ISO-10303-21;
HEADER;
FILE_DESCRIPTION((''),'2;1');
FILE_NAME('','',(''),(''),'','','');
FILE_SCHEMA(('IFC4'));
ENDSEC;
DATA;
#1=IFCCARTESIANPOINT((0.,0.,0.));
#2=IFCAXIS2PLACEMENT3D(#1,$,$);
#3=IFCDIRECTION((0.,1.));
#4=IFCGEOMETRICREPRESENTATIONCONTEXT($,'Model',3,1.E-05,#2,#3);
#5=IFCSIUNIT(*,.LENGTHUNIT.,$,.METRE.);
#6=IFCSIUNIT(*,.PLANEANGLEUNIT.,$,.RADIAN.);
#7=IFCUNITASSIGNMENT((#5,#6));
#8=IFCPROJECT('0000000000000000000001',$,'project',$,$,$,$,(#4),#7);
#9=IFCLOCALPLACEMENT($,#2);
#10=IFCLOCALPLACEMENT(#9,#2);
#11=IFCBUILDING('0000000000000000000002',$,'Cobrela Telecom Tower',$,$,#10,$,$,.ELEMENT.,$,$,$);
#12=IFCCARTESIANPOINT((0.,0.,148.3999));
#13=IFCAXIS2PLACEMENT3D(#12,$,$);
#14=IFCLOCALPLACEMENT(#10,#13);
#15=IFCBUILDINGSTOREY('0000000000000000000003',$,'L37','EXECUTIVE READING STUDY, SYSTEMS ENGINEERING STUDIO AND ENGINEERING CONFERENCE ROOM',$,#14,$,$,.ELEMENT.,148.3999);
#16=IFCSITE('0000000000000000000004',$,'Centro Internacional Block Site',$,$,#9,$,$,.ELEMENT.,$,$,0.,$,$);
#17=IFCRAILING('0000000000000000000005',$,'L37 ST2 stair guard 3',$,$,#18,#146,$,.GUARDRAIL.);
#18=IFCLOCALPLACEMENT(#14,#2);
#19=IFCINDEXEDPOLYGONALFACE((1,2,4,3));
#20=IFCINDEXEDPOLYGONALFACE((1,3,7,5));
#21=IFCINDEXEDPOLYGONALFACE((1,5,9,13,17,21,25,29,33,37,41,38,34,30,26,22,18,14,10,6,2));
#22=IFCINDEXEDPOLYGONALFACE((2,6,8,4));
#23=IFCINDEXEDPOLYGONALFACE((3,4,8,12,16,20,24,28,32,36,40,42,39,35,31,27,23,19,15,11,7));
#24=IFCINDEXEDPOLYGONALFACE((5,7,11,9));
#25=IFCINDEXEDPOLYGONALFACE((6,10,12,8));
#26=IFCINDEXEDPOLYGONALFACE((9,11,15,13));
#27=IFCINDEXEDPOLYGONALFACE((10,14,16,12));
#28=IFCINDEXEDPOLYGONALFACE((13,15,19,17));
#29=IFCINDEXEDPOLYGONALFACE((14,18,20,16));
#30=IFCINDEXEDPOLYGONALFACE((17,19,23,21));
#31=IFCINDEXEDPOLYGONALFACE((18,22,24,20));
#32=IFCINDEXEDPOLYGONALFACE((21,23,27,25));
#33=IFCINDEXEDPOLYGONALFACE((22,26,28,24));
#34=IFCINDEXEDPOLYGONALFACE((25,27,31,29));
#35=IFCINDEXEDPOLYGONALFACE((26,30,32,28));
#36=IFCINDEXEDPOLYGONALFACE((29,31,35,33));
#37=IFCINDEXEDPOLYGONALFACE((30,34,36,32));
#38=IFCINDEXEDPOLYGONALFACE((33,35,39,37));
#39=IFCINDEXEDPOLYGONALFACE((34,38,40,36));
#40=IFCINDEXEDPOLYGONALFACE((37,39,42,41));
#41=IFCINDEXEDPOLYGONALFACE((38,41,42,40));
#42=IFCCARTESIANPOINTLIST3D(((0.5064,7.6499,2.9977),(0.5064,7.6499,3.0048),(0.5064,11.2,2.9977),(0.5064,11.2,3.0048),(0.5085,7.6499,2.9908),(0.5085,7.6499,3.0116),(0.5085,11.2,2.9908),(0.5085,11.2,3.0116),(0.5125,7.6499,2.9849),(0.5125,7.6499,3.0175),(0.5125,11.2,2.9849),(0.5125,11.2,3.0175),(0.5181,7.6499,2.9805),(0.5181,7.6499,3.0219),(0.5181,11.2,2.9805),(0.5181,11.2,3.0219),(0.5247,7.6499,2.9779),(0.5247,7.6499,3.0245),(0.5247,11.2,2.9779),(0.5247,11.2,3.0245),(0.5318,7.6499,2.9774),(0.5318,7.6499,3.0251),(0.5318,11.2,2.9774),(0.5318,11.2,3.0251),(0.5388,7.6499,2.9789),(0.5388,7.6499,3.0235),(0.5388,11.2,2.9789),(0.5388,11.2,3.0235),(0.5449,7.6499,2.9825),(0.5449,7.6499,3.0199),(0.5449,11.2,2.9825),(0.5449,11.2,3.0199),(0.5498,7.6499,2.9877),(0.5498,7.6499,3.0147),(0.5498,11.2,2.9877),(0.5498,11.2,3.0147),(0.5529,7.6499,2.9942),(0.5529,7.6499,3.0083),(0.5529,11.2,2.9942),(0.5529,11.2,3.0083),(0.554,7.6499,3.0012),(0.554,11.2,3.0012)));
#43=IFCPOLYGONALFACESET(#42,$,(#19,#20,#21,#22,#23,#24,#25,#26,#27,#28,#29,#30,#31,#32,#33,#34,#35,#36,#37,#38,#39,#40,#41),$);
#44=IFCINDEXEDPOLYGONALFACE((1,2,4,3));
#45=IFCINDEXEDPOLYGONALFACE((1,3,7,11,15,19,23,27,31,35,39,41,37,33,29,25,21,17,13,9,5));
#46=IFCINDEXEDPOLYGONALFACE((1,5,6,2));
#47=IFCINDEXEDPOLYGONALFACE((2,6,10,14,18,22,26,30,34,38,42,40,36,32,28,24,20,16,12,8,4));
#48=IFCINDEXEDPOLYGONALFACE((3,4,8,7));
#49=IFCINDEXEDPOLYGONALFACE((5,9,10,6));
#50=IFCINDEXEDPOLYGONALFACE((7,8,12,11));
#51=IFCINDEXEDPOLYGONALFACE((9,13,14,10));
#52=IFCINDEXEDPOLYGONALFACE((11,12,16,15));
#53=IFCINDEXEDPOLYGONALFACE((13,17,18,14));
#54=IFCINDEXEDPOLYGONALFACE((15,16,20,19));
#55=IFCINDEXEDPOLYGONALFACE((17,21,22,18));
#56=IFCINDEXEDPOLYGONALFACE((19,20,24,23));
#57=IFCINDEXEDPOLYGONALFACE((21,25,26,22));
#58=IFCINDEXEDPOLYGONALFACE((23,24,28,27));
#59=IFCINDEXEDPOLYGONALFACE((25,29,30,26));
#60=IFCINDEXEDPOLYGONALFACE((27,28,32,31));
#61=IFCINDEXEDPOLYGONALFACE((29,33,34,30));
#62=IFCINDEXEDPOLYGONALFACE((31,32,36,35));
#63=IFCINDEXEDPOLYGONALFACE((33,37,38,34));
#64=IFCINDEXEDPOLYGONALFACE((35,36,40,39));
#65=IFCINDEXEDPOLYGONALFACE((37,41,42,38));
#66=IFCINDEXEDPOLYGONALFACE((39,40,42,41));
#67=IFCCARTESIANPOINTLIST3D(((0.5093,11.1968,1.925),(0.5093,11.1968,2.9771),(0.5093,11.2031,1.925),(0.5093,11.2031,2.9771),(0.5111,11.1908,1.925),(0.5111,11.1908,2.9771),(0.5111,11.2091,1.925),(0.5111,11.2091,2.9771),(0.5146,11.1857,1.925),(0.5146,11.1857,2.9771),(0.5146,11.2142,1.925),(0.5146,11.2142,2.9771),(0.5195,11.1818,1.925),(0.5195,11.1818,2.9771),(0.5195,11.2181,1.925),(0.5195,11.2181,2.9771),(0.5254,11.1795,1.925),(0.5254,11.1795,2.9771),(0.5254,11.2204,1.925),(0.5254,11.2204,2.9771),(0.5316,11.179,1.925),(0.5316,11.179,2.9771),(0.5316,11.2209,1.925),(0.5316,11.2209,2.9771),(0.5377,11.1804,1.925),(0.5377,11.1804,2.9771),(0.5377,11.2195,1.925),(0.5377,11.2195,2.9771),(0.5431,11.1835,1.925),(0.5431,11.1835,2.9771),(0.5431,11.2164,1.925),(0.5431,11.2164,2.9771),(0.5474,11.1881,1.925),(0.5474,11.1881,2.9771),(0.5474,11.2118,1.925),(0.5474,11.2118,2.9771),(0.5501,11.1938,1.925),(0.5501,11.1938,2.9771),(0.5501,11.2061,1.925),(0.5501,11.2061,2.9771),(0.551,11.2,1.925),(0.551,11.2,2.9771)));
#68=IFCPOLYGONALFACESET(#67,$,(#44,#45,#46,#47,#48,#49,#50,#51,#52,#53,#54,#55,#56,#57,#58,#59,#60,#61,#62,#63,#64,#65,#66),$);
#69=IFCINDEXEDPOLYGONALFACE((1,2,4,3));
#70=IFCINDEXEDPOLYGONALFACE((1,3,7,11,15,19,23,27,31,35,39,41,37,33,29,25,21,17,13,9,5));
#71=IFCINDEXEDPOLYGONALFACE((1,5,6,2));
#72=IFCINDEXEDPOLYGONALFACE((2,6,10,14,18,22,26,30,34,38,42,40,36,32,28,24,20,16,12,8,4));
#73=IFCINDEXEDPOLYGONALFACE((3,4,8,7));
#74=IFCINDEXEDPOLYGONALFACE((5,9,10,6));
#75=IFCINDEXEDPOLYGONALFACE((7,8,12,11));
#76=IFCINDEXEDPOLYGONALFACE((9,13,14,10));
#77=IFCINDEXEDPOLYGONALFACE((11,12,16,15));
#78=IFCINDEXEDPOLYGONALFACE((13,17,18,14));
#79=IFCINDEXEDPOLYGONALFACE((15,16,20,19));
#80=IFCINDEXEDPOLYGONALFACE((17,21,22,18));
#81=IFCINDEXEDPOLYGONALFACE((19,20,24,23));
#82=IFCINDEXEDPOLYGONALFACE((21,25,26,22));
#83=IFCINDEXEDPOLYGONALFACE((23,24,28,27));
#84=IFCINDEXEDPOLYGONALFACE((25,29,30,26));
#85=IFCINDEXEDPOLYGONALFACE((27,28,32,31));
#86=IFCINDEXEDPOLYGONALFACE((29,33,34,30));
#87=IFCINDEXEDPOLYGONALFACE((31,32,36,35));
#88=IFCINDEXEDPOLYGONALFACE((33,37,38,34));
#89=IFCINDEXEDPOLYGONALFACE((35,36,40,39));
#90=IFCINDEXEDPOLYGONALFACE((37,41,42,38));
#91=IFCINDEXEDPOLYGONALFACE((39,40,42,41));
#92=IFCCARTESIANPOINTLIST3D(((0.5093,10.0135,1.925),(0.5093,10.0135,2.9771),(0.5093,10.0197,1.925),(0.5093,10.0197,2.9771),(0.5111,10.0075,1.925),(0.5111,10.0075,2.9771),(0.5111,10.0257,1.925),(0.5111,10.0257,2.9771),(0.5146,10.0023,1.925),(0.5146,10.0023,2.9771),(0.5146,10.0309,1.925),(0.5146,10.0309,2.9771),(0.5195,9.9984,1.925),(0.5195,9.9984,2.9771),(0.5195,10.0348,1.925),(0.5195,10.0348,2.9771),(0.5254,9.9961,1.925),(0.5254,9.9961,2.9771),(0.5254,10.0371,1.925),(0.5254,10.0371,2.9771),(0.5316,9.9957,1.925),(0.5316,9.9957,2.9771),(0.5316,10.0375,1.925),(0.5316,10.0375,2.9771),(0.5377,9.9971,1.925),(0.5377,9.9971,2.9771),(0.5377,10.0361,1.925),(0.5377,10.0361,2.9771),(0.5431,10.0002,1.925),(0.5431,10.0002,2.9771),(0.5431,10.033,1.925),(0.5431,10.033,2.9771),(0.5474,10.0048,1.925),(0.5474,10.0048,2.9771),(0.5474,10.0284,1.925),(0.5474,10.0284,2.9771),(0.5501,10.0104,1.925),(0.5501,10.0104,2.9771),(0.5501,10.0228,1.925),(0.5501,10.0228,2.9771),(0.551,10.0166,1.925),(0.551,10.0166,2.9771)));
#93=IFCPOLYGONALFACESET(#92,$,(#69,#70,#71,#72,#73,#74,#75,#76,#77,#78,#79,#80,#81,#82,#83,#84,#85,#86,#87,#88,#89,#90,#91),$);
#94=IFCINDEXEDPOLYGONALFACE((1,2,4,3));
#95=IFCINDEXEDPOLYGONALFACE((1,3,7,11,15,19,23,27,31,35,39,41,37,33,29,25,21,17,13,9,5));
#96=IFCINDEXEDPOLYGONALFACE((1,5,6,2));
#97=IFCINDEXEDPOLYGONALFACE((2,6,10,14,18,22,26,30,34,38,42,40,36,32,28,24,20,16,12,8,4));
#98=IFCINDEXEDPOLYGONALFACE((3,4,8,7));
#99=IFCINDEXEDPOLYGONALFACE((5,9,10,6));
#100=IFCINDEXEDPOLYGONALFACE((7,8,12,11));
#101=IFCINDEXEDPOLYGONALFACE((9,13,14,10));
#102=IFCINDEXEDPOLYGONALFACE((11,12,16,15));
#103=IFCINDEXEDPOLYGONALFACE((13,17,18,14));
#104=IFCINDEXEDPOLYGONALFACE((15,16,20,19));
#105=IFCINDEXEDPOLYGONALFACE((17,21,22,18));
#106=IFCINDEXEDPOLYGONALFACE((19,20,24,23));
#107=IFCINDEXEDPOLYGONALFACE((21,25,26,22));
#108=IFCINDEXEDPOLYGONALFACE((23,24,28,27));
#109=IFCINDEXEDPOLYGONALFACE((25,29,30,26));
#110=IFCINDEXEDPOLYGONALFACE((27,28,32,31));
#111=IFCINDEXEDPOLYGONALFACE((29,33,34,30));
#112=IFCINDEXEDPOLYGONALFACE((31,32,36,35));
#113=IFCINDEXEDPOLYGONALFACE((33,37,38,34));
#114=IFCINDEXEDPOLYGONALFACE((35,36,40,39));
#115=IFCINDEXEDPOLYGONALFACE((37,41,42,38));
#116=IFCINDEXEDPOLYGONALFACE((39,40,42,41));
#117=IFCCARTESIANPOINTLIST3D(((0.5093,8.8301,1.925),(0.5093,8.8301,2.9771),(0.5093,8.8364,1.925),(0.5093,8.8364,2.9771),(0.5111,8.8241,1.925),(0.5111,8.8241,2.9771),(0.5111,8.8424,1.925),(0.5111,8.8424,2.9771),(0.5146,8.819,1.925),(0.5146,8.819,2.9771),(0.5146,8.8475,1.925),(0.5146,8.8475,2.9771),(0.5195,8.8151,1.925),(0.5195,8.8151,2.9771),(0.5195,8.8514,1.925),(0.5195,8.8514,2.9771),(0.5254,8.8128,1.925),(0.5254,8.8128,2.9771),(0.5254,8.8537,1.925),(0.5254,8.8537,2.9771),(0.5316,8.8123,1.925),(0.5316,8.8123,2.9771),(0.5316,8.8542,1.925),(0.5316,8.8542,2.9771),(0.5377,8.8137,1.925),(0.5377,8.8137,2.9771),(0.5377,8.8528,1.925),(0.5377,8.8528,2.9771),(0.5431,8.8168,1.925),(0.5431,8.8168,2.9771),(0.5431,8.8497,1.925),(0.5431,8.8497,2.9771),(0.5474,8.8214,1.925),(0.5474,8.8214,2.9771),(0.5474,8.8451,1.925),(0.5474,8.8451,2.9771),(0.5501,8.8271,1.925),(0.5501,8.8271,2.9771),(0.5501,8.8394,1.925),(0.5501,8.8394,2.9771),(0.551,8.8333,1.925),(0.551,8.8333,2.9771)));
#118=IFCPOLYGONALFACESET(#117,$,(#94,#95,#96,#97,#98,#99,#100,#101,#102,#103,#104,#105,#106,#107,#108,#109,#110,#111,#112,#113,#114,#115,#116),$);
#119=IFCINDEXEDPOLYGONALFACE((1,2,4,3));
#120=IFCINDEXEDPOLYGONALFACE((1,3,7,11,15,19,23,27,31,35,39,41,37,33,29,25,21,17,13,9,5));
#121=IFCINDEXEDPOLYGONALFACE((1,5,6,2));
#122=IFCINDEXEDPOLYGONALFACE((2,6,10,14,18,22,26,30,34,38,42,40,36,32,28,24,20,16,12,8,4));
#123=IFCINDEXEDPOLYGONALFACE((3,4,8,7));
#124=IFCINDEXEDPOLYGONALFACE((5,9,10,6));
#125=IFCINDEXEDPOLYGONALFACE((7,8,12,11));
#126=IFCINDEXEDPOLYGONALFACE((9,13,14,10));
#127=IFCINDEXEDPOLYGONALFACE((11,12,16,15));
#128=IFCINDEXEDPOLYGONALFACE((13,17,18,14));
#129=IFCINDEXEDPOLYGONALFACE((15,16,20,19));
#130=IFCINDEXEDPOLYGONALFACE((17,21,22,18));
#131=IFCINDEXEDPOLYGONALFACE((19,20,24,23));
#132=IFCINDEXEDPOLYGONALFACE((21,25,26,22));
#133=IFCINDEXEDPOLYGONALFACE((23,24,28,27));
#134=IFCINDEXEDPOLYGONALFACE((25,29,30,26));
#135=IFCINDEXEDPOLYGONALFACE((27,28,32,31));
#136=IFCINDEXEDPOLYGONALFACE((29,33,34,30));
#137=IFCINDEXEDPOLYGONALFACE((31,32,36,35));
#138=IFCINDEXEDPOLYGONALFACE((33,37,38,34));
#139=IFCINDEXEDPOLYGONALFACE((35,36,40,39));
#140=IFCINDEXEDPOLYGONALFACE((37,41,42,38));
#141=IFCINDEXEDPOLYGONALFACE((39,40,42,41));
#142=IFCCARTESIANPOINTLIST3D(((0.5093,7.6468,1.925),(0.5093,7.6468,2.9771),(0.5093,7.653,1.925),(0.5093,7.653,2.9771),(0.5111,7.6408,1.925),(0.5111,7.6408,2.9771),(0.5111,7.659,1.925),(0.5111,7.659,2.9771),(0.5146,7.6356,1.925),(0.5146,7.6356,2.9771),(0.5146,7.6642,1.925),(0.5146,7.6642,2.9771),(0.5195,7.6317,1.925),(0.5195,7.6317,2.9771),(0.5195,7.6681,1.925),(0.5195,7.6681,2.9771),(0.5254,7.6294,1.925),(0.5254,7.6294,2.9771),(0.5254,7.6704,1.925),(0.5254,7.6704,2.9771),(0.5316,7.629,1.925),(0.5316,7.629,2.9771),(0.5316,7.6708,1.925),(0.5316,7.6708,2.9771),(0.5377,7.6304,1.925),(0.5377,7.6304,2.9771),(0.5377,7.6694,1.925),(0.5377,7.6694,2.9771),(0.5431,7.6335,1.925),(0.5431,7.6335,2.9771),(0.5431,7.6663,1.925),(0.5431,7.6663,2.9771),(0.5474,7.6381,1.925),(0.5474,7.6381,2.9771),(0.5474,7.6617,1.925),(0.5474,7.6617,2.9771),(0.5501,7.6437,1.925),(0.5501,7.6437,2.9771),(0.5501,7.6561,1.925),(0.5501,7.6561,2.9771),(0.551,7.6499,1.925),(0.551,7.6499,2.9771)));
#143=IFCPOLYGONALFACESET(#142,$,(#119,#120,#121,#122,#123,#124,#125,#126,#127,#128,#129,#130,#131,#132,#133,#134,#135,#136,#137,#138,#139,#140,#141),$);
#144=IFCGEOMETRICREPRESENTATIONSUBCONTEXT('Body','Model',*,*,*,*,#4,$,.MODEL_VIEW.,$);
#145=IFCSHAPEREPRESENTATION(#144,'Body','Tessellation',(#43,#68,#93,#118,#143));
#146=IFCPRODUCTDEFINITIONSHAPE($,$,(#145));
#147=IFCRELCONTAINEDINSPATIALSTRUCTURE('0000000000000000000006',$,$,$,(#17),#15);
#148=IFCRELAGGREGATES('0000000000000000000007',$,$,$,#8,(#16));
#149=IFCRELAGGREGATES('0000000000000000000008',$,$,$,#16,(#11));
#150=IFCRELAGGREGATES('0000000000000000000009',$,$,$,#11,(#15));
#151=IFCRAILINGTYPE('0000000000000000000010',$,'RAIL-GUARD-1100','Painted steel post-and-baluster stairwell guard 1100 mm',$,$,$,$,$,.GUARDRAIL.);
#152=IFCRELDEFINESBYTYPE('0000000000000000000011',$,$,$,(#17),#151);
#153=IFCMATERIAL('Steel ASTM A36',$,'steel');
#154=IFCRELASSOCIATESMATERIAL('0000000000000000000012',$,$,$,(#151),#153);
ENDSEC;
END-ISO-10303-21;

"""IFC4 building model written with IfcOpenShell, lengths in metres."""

from ifc_helpers import new_model, si_unit, direction, frame, origin, origin_2d, place, context, subcontext, project, spatial, circle, extrude, material, type_object, element, save


model = new_model("IFC4")

# Units and contexts
model_context = context("Model", 3, precision=1e-05, world=origin(), true_north=direction((0.0, 1.0)))
body_context = subcontext(model_context, "Body", "Model", "MODEL_VIEW")
ifc_project = project(units=[si_unit("LENGTHUNIT", "METRE"), si_unit("PLANEANGLEUNIT", "RADIAN")], contexts=[model_context])

# Site, building, storey
site_placement = place(None, origin())
site = spatial("IfcSite", under=ifc_project, at=site_placement, Name="Centro Internacional Block Site", CompositionType="ELEMENT", RefElevation=0.0)
building_placement = place(site_placement, origin())
building = spatial("IfcBuilding", under=site, at=building_placement, Name="Cobrela Telecom Tower", CompositionType="ELEMENT")
storey_placement = place(building_placement, frame((0.0, 0.0, 148.3999)))
storey = spatial("IfcBuildingStorey", under=building, at=storey_placement, Name="L37", Description="EXECUTIVE READING STUDY, SYSTEMS ENGINEERING STUDIO AND ENGINEERING CONFERENCE ROOM", CompositionType="ELEMENT", Elevation=148.3999)

# Shared definitions
ifc_material_1 = material(Name="Steel ASTM A36", Category="steel")

# Railing
railing_type_1 = type_object("IfcRailingType", Name="RAIL-GUARD-1100", Description="Painted steel post-and-baluster stairwell guard 1100 mm", PredefinedType="GUARDRAIL", material=ifc_material_1)
railing_1_placement = place(storey_placement, frame((0.53, 11.2, 1.925)))
element("IfcRailing", 1, at=railing_1_placement, inside=storey, type_object=railing_type_1, Name="L37 ST2 stair guard 3", PredefinedType="GUARDRAIL", context=body_context, shape_type="SweptSolid", body=[
    extrude(circle(Radius=0.0239, at=origin_2d()), frame((0.0, 0.0, 1.0762), z_axis=(0.0, -1.0, 0.0), x_axis=(1.0, 0.0, 0.0)), (0.0, 0.0, 1.0), 3.55),
    extrude(circle(Radius=0.021, at=origin_2d()), origin(), (0.0, 0.0, 1.0), 1.052),
    extrude(circle(Radius=0.021, at=origin_2d()), frame((0.0, -1.1833, 0.0)), (0.0, 0.0, 1.0), 1.052),
    extrude(circle(Radius=0.021, at=origin_2d()), frame((0.0, -2.3667, 0.0)), (0.0, 0.0, 1.0), 1.052),
    extrude(circle(Radius=0.021, at=origin_2d()), frame((0.0, -3.55, 0.0)), (0.0, 0.0, 1.0), 1.052),
])

save(model, "model.ifc")
